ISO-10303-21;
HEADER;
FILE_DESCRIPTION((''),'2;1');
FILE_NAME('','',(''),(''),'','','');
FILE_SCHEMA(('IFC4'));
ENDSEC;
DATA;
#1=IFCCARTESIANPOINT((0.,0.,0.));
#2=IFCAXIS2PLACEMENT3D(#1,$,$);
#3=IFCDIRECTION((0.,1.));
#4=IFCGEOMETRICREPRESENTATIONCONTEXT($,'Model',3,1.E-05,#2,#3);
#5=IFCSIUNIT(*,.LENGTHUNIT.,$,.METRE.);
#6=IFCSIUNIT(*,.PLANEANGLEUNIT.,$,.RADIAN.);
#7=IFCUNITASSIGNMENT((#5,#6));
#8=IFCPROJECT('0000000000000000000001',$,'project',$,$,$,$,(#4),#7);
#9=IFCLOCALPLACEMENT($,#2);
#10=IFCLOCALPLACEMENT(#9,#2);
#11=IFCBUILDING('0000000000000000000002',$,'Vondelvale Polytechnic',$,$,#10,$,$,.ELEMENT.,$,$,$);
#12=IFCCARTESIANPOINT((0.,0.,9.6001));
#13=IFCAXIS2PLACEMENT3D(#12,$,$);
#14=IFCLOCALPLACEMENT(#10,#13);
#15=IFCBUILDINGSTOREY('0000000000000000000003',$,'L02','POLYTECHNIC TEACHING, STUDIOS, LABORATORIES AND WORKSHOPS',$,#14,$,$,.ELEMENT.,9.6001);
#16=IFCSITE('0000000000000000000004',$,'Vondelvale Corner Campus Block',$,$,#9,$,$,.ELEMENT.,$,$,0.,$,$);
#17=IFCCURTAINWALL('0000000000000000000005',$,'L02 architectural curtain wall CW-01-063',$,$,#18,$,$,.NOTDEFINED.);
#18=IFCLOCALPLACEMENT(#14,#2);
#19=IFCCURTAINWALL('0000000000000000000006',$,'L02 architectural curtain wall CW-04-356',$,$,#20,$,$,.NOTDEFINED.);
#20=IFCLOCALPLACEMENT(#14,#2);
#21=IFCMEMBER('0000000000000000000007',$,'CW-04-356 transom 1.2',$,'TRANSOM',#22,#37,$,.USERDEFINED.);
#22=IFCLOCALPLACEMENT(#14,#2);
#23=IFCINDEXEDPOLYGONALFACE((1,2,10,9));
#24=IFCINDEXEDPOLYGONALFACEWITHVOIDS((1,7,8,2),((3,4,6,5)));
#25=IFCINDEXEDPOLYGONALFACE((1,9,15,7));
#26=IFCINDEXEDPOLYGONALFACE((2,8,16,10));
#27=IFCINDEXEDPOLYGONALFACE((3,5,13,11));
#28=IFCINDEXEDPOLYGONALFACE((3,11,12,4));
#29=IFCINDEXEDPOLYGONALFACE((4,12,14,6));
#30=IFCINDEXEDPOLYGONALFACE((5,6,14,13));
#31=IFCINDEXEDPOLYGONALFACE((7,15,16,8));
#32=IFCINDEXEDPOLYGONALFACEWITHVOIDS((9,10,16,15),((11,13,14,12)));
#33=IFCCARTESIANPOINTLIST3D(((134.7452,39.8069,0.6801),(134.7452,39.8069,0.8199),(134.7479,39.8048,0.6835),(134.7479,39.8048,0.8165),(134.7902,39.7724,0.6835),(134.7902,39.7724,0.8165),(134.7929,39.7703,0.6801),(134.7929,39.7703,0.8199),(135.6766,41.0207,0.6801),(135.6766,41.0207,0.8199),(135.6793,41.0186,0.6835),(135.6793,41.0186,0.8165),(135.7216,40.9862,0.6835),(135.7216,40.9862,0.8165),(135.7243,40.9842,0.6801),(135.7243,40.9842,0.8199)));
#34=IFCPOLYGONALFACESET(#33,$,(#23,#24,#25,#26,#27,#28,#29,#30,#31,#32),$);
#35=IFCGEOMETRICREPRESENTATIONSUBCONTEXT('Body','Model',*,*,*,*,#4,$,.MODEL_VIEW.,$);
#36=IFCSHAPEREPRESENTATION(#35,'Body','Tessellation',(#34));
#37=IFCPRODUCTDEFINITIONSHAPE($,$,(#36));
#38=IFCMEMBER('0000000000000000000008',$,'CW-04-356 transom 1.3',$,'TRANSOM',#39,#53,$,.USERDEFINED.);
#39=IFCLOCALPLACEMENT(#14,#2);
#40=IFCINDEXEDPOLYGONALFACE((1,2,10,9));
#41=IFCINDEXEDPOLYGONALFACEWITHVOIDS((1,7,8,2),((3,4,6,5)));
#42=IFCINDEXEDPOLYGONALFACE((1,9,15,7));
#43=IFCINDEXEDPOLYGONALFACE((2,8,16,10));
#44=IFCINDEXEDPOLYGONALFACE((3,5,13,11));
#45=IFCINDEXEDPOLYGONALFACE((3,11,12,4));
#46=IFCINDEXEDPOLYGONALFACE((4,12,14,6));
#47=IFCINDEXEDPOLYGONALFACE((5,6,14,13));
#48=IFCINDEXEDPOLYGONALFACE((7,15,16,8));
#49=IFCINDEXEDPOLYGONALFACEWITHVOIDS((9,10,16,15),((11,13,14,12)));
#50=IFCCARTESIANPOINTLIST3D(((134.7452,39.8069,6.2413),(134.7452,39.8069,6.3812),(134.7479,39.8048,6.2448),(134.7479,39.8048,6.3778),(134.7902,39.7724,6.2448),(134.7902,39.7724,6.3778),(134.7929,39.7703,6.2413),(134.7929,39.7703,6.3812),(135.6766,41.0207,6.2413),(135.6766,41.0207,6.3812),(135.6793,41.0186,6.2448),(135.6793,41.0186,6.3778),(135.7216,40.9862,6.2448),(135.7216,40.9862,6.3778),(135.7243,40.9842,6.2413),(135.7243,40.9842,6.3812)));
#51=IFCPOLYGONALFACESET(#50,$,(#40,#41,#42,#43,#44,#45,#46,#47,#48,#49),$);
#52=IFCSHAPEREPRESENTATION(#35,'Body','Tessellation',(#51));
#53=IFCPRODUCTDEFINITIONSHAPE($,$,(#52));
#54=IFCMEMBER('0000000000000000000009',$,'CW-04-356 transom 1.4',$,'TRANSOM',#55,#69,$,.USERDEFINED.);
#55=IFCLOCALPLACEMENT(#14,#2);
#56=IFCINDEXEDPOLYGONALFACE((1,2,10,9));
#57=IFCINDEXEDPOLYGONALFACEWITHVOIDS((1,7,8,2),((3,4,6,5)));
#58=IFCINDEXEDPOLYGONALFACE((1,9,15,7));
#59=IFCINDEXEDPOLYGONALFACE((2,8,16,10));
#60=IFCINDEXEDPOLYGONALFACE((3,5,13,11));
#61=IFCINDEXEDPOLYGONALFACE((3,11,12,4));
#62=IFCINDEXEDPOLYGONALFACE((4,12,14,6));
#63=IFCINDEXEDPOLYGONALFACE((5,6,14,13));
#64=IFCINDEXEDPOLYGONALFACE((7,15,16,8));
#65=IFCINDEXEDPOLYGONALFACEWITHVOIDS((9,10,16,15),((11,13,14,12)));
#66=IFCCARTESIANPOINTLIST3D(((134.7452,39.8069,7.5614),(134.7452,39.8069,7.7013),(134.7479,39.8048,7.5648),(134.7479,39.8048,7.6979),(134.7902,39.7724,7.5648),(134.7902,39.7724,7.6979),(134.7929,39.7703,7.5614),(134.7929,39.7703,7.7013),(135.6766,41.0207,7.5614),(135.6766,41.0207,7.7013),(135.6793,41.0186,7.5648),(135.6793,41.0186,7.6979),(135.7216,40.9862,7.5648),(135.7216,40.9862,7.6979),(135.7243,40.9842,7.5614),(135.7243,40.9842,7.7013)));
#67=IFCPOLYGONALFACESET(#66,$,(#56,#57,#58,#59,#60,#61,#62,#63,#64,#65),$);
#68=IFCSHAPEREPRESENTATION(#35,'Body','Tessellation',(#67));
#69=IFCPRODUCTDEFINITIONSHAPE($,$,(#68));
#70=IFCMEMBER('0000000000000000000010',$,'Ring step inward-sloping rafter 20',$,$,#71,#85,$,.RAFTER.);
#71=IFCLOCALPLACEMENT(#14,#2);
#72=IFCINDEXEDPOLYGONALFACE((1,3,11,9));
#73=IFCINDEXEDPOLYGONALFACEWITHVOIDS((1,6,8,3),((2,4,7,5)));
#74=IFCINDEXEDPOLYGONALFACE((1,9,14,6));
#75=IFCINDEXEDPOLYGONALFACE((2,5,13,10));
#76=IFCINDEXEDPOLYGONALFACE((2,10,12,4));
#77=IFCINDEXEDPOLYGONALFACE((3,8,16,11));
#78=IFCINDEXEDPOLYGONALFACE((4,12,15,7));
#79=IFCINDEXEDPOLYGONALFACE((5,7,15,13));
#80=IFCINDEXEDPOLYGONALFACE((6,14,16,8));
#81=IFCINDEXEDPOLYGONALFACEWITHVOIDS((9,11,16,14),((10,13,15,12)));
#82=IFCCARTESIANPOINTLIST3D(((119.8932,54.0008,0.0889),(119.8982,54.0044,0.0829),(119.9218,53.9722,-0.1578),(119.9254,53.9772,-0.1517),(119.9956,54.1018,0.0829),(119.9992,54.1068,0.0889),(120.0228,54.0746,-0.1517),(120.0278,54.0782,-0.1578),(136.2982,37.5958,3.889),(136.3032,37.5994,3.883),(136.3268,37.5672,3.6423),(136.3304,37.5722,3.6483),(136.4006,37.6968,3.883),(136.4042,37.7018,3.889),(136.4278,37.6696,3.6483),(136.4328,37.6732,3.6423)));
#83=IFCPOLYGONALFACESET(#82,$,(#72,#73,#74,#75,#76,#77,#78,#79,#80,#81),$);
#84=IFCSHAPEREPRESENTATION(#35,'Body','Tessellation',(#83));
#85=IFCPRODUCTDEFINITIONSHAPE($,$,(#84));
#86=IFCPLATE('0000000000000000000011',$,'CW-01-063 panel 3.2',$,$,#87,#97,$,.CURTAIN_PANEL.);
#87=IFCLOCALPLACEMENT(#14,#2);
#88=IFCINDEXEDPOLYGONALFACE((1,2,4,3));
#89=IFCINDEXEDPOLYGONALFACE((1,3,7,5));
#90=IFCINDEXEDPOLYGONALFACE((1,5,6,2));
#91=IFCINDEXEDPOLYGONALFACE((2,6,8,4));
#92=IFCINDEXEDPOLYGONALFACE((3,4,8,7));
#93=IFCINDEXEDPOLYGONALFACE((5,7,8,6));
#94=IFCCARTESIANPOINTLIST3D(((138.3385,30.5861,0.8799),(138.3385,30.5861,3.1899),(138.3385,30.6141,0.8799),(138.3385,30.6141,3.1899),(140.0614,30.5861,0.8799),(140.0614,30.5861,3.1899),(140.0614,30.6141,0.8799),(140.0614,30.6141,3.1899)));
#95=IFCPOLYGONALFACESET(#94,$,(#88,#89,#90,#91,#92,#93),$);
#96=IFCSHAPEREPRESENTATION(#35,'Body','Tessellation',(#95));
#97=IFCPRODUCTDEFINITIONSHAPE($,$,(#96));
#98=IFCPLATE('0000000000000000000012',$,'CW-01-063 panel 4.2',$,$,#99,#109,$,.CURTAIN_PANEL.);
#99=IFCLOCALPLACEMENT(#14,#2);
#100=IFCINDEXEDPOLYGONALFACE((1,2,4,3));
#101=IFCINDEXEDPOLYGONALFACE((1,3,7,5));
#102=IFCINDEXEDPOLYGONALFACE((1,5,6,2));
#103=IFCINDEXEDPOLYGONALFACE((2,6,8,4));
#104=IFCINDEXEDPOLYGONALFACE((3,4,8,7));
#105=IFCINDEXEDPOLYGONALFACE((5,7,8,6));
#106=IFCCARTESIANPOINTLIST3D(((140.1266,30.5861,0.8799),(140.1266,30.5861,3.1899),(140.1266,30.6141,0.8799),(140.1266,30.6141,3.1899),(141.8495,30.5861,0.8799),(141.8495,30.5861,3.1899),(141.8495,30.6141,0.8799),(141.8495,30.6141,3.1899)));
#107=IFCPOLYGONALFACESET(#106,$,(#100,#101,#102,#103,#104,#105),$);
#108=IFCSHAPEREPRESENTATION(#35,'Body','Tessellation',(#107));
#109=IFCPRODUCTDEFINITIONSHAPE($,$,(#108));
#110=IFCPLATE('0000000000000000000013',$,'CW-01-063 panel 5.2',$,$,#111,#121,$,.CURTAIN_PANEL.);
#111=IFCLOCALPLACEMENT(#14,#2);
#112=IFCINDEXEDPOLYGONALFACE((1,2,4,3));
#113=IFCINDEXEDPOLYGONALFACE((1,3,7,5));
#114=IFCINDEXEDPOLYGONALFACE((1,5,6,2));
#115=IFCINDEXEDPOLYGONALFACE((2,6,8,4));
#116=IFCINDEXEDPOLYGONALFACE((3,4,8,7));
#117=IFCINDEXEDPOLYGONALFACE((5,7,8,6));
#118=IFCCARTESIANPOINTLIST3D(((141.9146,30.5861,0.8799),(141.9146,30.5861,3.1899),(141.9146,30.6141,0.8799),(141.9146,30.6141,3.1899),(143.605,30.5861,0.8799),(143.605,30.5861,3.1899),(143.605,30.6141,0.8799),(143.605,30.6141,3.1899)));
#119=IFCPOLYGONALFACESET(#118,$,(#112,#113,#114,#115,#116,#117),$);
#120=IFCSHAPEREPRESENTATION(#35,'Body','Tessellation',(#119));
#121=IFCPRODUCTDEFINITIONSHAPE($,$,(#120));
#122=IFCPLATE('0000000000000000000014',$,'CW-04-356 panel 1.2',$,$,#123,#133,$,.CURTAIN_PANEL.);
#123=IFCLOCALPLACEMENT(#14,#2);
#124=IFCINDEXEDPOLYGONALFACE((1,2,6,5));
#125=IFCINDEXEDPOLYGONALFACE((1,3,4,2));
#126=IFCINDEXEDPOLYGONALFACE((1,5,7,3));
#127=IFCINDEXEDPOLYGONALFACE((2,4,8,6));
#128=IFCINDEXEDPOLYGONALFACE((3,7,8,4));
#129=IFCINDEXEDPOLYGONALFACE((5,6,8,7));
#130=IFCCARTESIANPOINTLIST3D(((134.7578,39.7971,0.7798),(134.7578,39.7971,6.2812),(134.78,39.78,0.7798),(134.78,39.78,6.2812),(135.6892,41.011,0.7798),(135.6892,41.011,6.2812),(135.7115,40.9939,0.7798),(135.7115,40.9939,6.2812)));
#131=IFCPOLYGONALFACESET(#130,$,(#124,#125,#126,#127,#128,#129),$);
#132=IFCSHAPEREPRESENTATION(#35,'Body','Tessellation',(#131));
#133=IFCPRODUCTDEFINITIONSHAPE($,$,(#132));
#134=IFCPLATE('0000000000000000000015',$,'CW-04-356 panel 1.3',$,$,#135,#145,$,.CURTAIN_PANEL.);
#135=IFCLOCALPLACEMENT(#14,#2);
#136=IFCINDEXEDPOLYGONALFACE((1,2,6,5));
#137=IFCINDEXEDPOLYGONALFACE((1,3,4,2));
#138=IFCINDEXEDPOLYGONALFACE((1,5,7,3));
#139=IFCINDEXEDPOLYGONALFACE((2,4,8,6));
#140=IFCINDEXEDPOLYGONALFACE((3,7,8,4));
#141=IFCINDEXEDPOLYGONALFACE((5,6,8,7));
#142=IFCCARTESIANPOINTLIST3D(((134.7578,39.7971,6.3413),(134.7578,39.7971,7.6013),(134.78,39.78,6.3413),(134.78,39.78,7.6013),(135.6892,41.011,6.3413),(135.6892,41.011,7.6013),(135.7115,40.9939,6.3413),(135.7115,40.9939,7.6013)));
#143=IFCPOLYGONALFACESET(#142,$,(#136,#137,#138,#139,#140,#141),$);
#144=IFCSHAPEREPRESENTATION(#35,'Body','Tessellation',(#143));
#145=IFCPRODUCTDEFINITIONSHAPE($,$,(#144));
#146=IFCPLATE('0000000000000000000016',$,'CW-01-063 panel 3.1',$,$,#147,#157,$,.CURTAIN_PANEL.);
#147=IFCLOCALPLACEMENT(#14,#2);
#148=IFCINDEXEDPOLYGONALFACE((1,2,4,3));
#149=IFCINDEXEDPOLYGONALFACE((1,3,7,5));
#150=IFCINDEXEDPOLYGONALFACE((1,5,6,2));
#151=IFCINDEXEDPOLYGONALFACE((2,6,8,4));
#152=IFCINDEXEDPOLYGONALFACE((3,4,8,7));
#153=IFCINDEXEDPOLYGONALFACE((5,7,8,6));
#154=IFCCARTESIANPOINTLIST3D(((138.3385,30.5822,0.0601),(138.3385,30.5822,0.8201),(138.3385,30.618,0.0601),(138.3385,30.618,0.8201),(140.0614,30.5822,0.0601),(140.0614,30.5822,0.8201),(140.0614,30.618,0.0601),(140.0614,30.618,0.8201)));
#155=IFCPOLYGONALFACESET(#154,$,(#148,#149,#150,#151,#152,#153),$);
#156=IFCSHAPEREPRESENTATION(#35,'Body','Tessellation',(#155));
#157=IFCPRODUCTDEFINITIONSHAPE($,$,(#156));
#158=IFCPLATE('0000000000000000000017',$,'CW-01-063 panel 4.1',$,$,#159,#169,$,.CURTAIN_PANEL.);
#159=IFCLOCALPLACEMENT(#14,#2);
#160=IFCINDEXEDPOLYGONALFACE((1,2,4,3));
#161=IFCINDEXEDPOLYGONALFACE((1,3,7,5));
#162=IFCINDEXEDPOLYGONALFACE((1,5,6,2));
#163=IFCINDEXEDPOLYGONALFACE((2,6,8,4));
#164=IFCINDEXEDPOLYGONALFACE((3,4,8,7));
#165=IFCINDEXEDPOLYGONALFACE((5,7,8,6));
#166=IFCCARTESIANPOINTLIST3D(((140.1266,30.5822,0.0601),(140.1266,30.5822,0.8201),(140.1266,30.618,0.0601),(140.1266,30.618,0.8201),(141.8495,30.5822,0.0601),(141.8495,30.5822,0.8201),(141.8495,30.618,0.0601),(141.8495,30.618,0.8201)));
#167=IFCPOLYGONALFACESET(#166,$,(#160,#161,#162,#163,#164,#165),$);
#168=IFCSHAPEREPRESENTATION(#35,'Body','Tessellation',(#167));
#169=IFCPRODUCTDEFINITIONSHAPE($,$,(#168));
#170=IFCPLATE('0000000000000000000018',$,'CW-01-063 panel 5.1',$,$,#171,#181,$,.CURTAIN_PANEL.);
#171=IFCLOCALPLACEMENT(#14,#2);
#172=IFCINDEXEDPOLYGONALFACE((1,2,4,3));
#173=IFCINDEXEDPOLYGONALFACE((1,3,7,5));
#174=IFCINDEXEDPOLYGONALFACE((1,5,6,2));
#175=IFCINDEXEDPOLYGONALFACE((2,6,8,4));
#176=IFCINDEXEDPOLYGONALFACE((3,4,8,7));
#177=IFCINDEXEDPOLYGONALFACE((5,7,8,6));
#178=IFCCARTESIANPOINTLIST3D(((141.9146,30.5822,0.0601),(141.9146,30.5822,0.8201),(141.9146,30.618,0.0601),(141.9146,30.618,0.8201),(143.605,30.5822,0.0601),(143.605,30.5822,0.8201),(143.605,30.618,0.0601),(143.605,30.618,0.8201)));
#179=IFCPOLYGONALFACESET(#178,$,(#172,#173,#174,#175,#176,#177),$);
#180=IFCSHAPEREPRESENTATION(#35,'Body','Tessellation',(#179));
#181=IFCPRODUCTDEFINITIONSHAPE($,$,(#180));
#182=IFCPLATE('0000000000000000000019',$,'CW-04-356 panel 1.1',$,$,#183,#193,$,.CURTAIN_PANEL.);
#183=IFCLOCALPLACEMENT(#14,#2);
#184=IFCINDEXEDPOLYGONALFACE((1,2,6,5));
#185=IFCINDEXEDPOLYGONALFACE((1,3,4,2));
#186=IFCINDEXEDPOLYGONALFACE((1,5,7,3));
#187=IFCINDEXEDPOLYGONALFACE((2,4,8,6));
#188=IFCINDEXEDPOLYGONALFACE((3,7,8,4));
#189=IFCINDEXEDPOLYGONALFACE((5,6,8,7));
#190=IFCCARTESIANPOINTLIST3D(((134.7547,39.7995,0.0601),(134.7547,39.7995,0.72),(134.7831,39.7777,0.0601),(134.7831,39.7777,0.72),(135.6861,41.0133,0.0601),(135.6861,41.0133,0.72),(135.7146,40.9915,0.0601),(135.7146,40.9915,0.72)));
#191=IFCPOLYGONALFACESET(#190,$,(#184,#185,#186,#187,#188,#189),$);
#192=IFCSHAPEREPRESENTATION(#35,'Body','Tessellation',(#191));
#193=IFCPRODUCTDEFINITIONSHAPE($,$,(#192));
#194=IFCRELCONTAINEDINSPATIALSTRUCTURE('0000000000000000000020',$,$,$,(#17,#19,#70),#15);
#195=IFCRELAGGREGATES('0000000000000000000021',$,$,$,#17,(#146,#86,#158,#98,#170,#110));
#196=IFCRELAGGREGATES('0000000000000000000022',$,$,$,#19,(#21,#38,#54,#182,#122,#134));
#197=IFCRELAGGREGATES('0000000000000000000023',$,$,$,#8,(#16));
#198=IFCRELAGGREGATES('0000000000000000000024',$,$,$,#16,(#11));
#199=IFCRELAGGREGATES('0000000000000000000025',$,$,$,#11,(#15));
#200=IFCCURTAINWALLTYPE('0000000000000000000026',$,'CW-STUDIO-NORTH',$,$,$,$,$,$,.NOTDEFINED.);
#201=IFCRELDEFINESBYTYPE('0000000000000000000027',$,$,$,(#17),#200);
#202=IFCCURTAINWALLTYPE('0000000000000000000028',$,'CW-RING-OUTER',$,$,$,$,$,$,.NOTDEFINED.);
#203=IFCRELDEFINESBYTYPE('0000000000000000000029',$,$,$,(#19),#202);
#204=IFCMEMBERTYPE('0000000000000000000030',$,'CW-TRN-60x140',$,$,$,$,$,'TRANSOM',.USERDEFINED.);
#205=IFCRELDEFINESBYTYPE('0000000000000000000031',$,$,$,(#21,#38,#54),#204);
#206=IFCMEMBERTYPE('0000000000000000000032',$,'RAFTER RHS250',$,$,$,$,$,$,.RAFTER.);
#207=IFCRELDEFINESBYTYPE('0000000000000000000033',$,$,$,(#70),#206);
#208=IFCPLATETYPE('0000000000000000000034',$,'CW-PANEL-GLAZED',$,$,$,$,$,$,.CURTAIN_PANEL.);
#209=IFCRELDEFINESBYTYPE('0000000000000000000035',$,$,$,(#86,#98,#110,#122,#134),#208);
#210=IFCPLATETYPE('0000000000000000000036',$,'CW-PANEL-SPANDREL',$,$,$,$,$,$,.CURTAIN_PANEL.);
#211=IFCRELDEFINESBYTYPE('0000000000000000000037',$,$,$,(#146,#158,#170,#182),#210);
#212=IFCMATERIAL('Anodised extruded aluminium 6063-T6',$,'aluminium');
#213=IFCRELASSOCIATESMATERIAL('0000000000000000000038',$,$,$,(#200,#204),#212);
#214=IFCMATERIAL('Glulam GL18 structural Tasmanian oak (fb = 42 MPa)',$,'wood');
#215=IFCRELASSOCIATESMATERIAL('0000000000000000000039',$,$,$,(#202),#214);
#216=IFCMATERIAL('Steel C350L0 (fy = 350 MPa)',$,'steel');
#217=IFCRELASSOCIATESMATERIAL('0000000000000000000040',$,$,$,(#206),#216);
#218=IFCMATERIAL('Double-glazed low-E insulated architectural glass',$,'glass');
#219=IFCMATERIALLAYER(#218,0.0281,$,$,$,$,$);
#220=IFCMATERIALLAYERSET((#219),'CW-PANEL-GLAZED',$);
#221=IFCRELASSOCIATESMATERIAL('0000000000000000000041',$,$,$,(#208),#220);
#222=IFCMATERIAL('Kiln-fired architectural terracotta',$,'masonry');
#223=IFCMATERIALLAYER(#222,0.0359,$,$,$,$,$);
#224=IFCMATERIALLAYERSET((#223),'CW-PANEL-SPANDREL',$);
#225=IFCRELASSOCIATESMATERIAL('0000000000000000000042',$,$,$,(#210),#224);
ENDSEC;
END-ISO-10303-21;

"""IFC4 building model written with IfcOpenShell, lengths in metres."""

from ifc_helpers import new_model, si_unit, direction, frame, origin, origin_2d, place, context, subcontext, project, spatial, rectangle, hollow_rectangle, extrude, material, layer, layer_set, material_profile, profile_set, type_object, element, aggregate, save


model = new_model("IFC4")

# Units and contexts
model_context = context("Model", 3, precision=1e-05, world=origin(), true_north=direction((0.0, 1.0)))
body_context = subcontext(model_context, "Body", "Model", "MODEL_VIEW")
ifc_project = project(units=[si_unit("LENGTHUNIT", "METRE"), si_unit("PLANEANGLEUNIT", "RADIAN")], contexts=[model_context])

# Site, building, storey
site_placement = place(None, origin())
site = spatial("IfcSite", under=ifc_project, at=site_placement, Name="Vondelvale Corner Campus Block", CompositionType="ELEMENT", RefElevation=0.0)
building_placement = place(site_placement, origin())
building = spatial("IfcBuilding", under=site, at=building_placement, Name="Vondelvale Polytechnic", CompositionType="ELEMENT")
storey_placement = place(building_placement, frame((0.0, 0.0, 9.6001)))
storey = spatial("IfcBuildingStorey", under=building, at=storey_placement, Name="L02", Description="POLYTECHNIC TEACHING, STUDIOS, LABORATORIES AND WORKSHOPS", CompositionType="ELEMENT", Elevation=9.6001)

# Curtain wall
ifc_material_1 = material(Name="Anodised extruded aluminium 6063-T6", Category="aluminium")
curtain_wall_type_1 = type_object("IfcCurtainWallType", Name="CW-STUDIO-NORTH", PredefinedType="NOTDEFINED", material=ifc_material_1)
curtain_wall_1_placement = place(storey_placement, origin())
curtain_wall_1 = element("IfcCurtainWall", 1, at=curtain_wall_1_placement, inside=storey, type_object=curtain_wall_type_1, Name="L02 architectural curtain wall CW-01-063", PredefinedType="NOTDEFINED")

# Curtain wall
ifc_material_2 = material(Name="Glulam GL18 structural Tasmanian oak (fb = 42 MPa)", Category="wood")
curtain_wall_type_2 = type_object("IfcCurtainWallType", Name="CW-RING-OUTER", PredefinedType="NOTDEFINED", material=ifc_material_2)
curtain_wall_2_placement = place(storey_placement, origin())
curtain_wall_2 = element("IfcCurtainWall", 2, at=curtain_wall_2_placement, inside=storey, type_object=curtain_wall_type_2, Name="L02 architectural curtain wall CW-04-356", PredefinedType="NOTDEFINED")

# Members
ifc_material_profile_1 = material_profile(ifc_material_1, hollow_rectangle(XDim=0.0601, YDim=0.1399, WallThickness=0.0034, at=origin_2d()), Name="CW-TRN-140x60")
ifc_profile_set_1 = profile_set([ifc_material_profile_1], Name="Anodised extruded aluminium 6063-T6")
member_type_1 = type_object("IfcMemberType", Name="CW-TRN-60x140", ElementType="TRANSOM", PredefinedType="USERDEFINED", material=ifc_profile_set_1)
member_1_placement = place(storey_placement, frame((134.769, 39.7886, 0.75), z_axis=(0.608746, 0.793365, 0.0), x_axis=(-0.793365, 0.608746, 0.0)))
member_1 = element("IfcMember", 3, at=member_1_placement, type_object=member_type_1, Name="CW-04-356 transom 1.2", ObjectType="TRANSOM", PredefinedType="USERDEFINED", context=body_context, shape_type="SweptSolid", body=[
    extrude(hollow_rectangle(XDim=0.0601, YDim=0.1399, WallThickness=0.0034, at=origin_2d()), origin(), (0.0, 0.0, 1.0), 1.53),
])
member_2_placement = place(storey_placement, frame((134.769, 39.7886, 6.3113), z_axis=(0.608746, 0.793365, 0.0), x_axis=(-0.793365, 0.608746, 0.0)))
member_2 = element("IfcMember", 4, at=member_2_placement, type_object=member_type_1, Name="CW-04-356 transom 1.3", ObjectType="TRANSOM", PredefinedType="USERDEFINED", context=body_context, shape_type="SweptSolid", body=[
    extrude(hollow_rectangle(XDim=0.0601, YDim=0.1399, WallThickness=0.0034, at=origin_2d()), origin(), (0.0, 0.0, 1.0), 1.53),
])
member_3_placement = place(storey_placement, frame((134.769, 39.7886, 7.6313), z_axis=(0.608746, 0.793365, 0.0), x_axis=(-0.793365, 0.608746, 0.0)))
member_3 = element("IfcMember", 5, at=member_3_placement, type_object=member_type_1, Name="CW-04-356 transom 1.4", ObjectType="TRANSOM", PredefinedType="USERDEFINED", context=body_context, shape_type="SweptSolid", body=[
    extrude(hollow_rectangle(XDim=0.0601, YDim=0.1399, WallThickness=0.0034, at=origin_2d()), origin(), (0.0, 0.0, 1.0), 1.53),
])
ifc_material_3 = material(Name="Steel C350L0 (fy = 350 MPa)", Category="steel")
ifc_material_profile_2 = material_profile(ifc_material_3, hollow_rectangle(XDim=0.1499, YDim=0.25, WallThickness=0.0061, at=origin_2d()), Name="250x150x6.0RHS")
ifc_profile_set_2 = profile_set([ifc_material_profile_2], Name="Steel C350L0 (fy = 350 MPa)")
member_type_2 = type_object("IfcMemberType", Name="RAFTER RHS250", PredefinedType="RAFTER", material=ifc_profile_set_2)
member_4_placement = place(storey_placement, frame((136.3655, 37.6345, 3.7656), z_axis=(-0.697808, 0.697808, -0.16164), x_axis=(-0.707107, -0.707107, 0.0)))
element("IfcMember", 6, at=member_4_placement, inside=storey, type_object=member_type_2, Name="Ring step inward-sloping rafter 20", PredefinedType="RAFTER", context=body_context, shape_type="SweptSolid", body=[
    extrude(hollow_rectangle(XDim=0.1499, YDim=0.25, WallThickness=0.0061, at=origin_2d()), origin(), (0.0, 0.0, 1.0), 23.5093),
])

# Plates
ifc_material_4 = material(Name="Double-glazed low-E insulated architectural glass", Category="glass")
ifc_layer_1 = layer(ifc_material_4, 0.0281)
ifc_layer_set_1 = layer_set([ifc_layer_1], Name="CW-PANEL-GLAZED")
plate_type_1 = type_object("IfcPlateType", Name="CW-PANEL-GLAZED", PredefinedType="CURTAIN_PANEL", material=ifc_layer_set_1)
plate_1_placement = place(storey_placement, frame((139.2, 30.6001, 0.8799), z_axis=(0.0, 0.0, 1.0), x_axis=(1.0, 0.0, 0.0)))
plate_1 = element("IfcPlate", 7, at=plate_1_placement, type_object=plate_type_1, Name="CW-01-063 panel 3.2", PredefinedType="CURTAIN_PANEL", context=body_context, shape_type="SweptSolid", body=[
    extrude(rectangle(XDim=1.7229, YDim=0.0281, at=origin_2d()), origin(), (0.0, 0.0, 1.0), 2.3101),
])
plate_2_placement = place(storey_placement, frame((140.988, 30.6001, 0.8799), z_axis=(0.0, 0.0, 1.0), x_axis=(1.0, 0.0, 0.0)))
plate_2 = element("IfcPlate", 8, at=plate_2_placement, type_object=plate_type_1, Name="CW-01-063 panel 4.2", PredefinedType="CURTAIN_PANEL", context=body_context, shape_type="SweptSolid", body=[
    extrude(rectangle(XDim=1.7229, YDim=0.0281, at=origin_2d()), origin(), (0.0, 0.0, 1.0), 2.3101),
])
plate_3_placement = place(storey_placement, frame((142.7598, 30.6001, 0.8799), z_axis=(0.0, 0.0, 1.0), x_axis=(1.0, 0.0, 0.0)))
plate_3 = element("IfcPlate", 9, at=plate_3_placement, type_object=plate_type_1, Name="CW-01-063 panel 5.2", PredefinedType="CURTAIN_PANEL", context=body_context, shape_type="SweptSolid", body=[
    extrude(rectangle(XDim=1.6904, YDim=0.0281, at=origin_2d()), origin(), (0.0, 0.0, 1.0), 2.3101),
])
plate_4_placement = place(storey_placement, frame((135.2346, 40.3955, 0.7798), z_axis=(0.0, 0.0, 1.0), x_axis=(0.608787, 0.793334, 0.0)))
plate_4 = element("IfcPlate", 10, at=plate_4_placement, type_object=plate_type_1, Name="CW-04-356 panel 1.2", PredefinedType="CURTAIN_PANEL", context=body_context, shape_type="SweptSolid", body=[
    extrude(rectangle(XDim=1.53, YDim=0.0281, at=origin_2d()), origin(), (0.0, 0.0, 1.0), 5.5015),
])
plate_5_placement = place(storey_placement, frame((135.2346, 40.3955, 6.3413), z_axis=(0.0, 0.0, 1.0), x_axis=(0.608787, 0.793334, 0.0)))
plate_5 = element("IfcPlate", 11, at=plate_5_placement, type_object=plate_type_1, Name="CW-04-356 panel 1.3", PredefinedType="CURTAIN_PANEL", context=body_context, shape_type="SweptSolid", body=[
    extrude(rectangle(XDim=1.53, YDim=0.0281, at=origin_2d()), origin(), (0.0, 0.0, 1.0), 1.26),
])
ifc_material_5 = material(Name="Kiln-fired architectural terracotta", Category="masonry")
ifc_layer_2 = layer(ifc_material_5, 0.0359)
ifc_layer_set_2 = layer_set([ifc_layer_2], Name="CW-PANEL-SPANDREL")
plate_type_2 = type_object("IfcPlateType", Name="CW-PANEL-SPANDREL", PredefinedType="CURTAIN_PANEL", material=ifc_layer_set_2)
plate_6_placement = place(storey_placement, frame((139.2, 30.6001, 0.0601), z_axis=(0.0, 0.0, 1.0), x_axis=(1.0, 0.0, 0.0)))
plate_6 = element("IfcPlate", 12, at=plate_6_placement, type_object=plate_type_2, Name="CW-01-063 panel 3.1", PredefinedType="CURTAIN_PANEL", context=body_context, shape_type="SweptSolid", body=[
    extrude(rectangle(XDim=1.7229, YDim=0.0359, at=origin_2d()), origin(), (0.0, 0.0, 1.0), 0.76),
])
plate_7_placement = place(storey_placement, frame((140.988, 30.6001, 0.0601), z_axis=(0.0, 0.0, 1.0), x_axis=(1.0, 0.0, 0.0)))
plate_7 = element("IfcPlate", 13, at=plate_7_placement, type_object=plate_type_2, Name="CW-01-063 panel 4.1", PredefinedType="CURTAIN_PANEL", context=body_context, shape_type="SweptSolid", body=[
    extrude(rectangle(XDim=1.7229, YDim=0.0359, at=origin_2d()), origin(), (0.0, 0.0, 1.0), 0.76),
])
plate_8_placement = place(storey_placement, frame((142.7598, 30.6001, 0.0601), z_axis=(0.0, 0.0, 1.0), x_axis=(1.0, 0.0, 0.0)))
plate_8 = element("IfcPlate", 14, at=plate_8_placement, type_object=plate_type_2, Name="CW-01-063 panel 5.1", PredefinedType="CURTAIN_PANEL", context=body_context, shape_type="SweptSolid", body=[
    extrude(rectangle(XDim=1.6904, YDim=0.0359, at=origin_2d()), origin(), (0.0, 0.0, 1.0), 0.76),
])
aggregate(curtain_wall_1, [plate_6, plate_1, plate_7, plate_2, plate_8, plate_3])
plate_9_placement = place(storey_placement, frame((135.2346, 40.3955, 0.0601), z_axis=(0.0, 0.0, 1.0), x_axis=(0.608787, 0.793334, 0.0)))
plate_9 = element("IfcPlate", 15, at=plate_9_placement, type_object=plate_type_2, Name="CW-04-356 panel 1.1", PredefinedType="CURTAIN_PANEL", context=body_context, shape_type="SweptSolid", body=[
    extrude(rectangle(XDim=1.53, YDim=0.0359, at=origin_2d()), origin(), (0.0, 0.0, 1.0), 0.6599),
])
aggregate(curtain_wall_2, [member_1, member_2, member_3, plate_9, plate_4, plate_5])

save(model, "model.ifc")
